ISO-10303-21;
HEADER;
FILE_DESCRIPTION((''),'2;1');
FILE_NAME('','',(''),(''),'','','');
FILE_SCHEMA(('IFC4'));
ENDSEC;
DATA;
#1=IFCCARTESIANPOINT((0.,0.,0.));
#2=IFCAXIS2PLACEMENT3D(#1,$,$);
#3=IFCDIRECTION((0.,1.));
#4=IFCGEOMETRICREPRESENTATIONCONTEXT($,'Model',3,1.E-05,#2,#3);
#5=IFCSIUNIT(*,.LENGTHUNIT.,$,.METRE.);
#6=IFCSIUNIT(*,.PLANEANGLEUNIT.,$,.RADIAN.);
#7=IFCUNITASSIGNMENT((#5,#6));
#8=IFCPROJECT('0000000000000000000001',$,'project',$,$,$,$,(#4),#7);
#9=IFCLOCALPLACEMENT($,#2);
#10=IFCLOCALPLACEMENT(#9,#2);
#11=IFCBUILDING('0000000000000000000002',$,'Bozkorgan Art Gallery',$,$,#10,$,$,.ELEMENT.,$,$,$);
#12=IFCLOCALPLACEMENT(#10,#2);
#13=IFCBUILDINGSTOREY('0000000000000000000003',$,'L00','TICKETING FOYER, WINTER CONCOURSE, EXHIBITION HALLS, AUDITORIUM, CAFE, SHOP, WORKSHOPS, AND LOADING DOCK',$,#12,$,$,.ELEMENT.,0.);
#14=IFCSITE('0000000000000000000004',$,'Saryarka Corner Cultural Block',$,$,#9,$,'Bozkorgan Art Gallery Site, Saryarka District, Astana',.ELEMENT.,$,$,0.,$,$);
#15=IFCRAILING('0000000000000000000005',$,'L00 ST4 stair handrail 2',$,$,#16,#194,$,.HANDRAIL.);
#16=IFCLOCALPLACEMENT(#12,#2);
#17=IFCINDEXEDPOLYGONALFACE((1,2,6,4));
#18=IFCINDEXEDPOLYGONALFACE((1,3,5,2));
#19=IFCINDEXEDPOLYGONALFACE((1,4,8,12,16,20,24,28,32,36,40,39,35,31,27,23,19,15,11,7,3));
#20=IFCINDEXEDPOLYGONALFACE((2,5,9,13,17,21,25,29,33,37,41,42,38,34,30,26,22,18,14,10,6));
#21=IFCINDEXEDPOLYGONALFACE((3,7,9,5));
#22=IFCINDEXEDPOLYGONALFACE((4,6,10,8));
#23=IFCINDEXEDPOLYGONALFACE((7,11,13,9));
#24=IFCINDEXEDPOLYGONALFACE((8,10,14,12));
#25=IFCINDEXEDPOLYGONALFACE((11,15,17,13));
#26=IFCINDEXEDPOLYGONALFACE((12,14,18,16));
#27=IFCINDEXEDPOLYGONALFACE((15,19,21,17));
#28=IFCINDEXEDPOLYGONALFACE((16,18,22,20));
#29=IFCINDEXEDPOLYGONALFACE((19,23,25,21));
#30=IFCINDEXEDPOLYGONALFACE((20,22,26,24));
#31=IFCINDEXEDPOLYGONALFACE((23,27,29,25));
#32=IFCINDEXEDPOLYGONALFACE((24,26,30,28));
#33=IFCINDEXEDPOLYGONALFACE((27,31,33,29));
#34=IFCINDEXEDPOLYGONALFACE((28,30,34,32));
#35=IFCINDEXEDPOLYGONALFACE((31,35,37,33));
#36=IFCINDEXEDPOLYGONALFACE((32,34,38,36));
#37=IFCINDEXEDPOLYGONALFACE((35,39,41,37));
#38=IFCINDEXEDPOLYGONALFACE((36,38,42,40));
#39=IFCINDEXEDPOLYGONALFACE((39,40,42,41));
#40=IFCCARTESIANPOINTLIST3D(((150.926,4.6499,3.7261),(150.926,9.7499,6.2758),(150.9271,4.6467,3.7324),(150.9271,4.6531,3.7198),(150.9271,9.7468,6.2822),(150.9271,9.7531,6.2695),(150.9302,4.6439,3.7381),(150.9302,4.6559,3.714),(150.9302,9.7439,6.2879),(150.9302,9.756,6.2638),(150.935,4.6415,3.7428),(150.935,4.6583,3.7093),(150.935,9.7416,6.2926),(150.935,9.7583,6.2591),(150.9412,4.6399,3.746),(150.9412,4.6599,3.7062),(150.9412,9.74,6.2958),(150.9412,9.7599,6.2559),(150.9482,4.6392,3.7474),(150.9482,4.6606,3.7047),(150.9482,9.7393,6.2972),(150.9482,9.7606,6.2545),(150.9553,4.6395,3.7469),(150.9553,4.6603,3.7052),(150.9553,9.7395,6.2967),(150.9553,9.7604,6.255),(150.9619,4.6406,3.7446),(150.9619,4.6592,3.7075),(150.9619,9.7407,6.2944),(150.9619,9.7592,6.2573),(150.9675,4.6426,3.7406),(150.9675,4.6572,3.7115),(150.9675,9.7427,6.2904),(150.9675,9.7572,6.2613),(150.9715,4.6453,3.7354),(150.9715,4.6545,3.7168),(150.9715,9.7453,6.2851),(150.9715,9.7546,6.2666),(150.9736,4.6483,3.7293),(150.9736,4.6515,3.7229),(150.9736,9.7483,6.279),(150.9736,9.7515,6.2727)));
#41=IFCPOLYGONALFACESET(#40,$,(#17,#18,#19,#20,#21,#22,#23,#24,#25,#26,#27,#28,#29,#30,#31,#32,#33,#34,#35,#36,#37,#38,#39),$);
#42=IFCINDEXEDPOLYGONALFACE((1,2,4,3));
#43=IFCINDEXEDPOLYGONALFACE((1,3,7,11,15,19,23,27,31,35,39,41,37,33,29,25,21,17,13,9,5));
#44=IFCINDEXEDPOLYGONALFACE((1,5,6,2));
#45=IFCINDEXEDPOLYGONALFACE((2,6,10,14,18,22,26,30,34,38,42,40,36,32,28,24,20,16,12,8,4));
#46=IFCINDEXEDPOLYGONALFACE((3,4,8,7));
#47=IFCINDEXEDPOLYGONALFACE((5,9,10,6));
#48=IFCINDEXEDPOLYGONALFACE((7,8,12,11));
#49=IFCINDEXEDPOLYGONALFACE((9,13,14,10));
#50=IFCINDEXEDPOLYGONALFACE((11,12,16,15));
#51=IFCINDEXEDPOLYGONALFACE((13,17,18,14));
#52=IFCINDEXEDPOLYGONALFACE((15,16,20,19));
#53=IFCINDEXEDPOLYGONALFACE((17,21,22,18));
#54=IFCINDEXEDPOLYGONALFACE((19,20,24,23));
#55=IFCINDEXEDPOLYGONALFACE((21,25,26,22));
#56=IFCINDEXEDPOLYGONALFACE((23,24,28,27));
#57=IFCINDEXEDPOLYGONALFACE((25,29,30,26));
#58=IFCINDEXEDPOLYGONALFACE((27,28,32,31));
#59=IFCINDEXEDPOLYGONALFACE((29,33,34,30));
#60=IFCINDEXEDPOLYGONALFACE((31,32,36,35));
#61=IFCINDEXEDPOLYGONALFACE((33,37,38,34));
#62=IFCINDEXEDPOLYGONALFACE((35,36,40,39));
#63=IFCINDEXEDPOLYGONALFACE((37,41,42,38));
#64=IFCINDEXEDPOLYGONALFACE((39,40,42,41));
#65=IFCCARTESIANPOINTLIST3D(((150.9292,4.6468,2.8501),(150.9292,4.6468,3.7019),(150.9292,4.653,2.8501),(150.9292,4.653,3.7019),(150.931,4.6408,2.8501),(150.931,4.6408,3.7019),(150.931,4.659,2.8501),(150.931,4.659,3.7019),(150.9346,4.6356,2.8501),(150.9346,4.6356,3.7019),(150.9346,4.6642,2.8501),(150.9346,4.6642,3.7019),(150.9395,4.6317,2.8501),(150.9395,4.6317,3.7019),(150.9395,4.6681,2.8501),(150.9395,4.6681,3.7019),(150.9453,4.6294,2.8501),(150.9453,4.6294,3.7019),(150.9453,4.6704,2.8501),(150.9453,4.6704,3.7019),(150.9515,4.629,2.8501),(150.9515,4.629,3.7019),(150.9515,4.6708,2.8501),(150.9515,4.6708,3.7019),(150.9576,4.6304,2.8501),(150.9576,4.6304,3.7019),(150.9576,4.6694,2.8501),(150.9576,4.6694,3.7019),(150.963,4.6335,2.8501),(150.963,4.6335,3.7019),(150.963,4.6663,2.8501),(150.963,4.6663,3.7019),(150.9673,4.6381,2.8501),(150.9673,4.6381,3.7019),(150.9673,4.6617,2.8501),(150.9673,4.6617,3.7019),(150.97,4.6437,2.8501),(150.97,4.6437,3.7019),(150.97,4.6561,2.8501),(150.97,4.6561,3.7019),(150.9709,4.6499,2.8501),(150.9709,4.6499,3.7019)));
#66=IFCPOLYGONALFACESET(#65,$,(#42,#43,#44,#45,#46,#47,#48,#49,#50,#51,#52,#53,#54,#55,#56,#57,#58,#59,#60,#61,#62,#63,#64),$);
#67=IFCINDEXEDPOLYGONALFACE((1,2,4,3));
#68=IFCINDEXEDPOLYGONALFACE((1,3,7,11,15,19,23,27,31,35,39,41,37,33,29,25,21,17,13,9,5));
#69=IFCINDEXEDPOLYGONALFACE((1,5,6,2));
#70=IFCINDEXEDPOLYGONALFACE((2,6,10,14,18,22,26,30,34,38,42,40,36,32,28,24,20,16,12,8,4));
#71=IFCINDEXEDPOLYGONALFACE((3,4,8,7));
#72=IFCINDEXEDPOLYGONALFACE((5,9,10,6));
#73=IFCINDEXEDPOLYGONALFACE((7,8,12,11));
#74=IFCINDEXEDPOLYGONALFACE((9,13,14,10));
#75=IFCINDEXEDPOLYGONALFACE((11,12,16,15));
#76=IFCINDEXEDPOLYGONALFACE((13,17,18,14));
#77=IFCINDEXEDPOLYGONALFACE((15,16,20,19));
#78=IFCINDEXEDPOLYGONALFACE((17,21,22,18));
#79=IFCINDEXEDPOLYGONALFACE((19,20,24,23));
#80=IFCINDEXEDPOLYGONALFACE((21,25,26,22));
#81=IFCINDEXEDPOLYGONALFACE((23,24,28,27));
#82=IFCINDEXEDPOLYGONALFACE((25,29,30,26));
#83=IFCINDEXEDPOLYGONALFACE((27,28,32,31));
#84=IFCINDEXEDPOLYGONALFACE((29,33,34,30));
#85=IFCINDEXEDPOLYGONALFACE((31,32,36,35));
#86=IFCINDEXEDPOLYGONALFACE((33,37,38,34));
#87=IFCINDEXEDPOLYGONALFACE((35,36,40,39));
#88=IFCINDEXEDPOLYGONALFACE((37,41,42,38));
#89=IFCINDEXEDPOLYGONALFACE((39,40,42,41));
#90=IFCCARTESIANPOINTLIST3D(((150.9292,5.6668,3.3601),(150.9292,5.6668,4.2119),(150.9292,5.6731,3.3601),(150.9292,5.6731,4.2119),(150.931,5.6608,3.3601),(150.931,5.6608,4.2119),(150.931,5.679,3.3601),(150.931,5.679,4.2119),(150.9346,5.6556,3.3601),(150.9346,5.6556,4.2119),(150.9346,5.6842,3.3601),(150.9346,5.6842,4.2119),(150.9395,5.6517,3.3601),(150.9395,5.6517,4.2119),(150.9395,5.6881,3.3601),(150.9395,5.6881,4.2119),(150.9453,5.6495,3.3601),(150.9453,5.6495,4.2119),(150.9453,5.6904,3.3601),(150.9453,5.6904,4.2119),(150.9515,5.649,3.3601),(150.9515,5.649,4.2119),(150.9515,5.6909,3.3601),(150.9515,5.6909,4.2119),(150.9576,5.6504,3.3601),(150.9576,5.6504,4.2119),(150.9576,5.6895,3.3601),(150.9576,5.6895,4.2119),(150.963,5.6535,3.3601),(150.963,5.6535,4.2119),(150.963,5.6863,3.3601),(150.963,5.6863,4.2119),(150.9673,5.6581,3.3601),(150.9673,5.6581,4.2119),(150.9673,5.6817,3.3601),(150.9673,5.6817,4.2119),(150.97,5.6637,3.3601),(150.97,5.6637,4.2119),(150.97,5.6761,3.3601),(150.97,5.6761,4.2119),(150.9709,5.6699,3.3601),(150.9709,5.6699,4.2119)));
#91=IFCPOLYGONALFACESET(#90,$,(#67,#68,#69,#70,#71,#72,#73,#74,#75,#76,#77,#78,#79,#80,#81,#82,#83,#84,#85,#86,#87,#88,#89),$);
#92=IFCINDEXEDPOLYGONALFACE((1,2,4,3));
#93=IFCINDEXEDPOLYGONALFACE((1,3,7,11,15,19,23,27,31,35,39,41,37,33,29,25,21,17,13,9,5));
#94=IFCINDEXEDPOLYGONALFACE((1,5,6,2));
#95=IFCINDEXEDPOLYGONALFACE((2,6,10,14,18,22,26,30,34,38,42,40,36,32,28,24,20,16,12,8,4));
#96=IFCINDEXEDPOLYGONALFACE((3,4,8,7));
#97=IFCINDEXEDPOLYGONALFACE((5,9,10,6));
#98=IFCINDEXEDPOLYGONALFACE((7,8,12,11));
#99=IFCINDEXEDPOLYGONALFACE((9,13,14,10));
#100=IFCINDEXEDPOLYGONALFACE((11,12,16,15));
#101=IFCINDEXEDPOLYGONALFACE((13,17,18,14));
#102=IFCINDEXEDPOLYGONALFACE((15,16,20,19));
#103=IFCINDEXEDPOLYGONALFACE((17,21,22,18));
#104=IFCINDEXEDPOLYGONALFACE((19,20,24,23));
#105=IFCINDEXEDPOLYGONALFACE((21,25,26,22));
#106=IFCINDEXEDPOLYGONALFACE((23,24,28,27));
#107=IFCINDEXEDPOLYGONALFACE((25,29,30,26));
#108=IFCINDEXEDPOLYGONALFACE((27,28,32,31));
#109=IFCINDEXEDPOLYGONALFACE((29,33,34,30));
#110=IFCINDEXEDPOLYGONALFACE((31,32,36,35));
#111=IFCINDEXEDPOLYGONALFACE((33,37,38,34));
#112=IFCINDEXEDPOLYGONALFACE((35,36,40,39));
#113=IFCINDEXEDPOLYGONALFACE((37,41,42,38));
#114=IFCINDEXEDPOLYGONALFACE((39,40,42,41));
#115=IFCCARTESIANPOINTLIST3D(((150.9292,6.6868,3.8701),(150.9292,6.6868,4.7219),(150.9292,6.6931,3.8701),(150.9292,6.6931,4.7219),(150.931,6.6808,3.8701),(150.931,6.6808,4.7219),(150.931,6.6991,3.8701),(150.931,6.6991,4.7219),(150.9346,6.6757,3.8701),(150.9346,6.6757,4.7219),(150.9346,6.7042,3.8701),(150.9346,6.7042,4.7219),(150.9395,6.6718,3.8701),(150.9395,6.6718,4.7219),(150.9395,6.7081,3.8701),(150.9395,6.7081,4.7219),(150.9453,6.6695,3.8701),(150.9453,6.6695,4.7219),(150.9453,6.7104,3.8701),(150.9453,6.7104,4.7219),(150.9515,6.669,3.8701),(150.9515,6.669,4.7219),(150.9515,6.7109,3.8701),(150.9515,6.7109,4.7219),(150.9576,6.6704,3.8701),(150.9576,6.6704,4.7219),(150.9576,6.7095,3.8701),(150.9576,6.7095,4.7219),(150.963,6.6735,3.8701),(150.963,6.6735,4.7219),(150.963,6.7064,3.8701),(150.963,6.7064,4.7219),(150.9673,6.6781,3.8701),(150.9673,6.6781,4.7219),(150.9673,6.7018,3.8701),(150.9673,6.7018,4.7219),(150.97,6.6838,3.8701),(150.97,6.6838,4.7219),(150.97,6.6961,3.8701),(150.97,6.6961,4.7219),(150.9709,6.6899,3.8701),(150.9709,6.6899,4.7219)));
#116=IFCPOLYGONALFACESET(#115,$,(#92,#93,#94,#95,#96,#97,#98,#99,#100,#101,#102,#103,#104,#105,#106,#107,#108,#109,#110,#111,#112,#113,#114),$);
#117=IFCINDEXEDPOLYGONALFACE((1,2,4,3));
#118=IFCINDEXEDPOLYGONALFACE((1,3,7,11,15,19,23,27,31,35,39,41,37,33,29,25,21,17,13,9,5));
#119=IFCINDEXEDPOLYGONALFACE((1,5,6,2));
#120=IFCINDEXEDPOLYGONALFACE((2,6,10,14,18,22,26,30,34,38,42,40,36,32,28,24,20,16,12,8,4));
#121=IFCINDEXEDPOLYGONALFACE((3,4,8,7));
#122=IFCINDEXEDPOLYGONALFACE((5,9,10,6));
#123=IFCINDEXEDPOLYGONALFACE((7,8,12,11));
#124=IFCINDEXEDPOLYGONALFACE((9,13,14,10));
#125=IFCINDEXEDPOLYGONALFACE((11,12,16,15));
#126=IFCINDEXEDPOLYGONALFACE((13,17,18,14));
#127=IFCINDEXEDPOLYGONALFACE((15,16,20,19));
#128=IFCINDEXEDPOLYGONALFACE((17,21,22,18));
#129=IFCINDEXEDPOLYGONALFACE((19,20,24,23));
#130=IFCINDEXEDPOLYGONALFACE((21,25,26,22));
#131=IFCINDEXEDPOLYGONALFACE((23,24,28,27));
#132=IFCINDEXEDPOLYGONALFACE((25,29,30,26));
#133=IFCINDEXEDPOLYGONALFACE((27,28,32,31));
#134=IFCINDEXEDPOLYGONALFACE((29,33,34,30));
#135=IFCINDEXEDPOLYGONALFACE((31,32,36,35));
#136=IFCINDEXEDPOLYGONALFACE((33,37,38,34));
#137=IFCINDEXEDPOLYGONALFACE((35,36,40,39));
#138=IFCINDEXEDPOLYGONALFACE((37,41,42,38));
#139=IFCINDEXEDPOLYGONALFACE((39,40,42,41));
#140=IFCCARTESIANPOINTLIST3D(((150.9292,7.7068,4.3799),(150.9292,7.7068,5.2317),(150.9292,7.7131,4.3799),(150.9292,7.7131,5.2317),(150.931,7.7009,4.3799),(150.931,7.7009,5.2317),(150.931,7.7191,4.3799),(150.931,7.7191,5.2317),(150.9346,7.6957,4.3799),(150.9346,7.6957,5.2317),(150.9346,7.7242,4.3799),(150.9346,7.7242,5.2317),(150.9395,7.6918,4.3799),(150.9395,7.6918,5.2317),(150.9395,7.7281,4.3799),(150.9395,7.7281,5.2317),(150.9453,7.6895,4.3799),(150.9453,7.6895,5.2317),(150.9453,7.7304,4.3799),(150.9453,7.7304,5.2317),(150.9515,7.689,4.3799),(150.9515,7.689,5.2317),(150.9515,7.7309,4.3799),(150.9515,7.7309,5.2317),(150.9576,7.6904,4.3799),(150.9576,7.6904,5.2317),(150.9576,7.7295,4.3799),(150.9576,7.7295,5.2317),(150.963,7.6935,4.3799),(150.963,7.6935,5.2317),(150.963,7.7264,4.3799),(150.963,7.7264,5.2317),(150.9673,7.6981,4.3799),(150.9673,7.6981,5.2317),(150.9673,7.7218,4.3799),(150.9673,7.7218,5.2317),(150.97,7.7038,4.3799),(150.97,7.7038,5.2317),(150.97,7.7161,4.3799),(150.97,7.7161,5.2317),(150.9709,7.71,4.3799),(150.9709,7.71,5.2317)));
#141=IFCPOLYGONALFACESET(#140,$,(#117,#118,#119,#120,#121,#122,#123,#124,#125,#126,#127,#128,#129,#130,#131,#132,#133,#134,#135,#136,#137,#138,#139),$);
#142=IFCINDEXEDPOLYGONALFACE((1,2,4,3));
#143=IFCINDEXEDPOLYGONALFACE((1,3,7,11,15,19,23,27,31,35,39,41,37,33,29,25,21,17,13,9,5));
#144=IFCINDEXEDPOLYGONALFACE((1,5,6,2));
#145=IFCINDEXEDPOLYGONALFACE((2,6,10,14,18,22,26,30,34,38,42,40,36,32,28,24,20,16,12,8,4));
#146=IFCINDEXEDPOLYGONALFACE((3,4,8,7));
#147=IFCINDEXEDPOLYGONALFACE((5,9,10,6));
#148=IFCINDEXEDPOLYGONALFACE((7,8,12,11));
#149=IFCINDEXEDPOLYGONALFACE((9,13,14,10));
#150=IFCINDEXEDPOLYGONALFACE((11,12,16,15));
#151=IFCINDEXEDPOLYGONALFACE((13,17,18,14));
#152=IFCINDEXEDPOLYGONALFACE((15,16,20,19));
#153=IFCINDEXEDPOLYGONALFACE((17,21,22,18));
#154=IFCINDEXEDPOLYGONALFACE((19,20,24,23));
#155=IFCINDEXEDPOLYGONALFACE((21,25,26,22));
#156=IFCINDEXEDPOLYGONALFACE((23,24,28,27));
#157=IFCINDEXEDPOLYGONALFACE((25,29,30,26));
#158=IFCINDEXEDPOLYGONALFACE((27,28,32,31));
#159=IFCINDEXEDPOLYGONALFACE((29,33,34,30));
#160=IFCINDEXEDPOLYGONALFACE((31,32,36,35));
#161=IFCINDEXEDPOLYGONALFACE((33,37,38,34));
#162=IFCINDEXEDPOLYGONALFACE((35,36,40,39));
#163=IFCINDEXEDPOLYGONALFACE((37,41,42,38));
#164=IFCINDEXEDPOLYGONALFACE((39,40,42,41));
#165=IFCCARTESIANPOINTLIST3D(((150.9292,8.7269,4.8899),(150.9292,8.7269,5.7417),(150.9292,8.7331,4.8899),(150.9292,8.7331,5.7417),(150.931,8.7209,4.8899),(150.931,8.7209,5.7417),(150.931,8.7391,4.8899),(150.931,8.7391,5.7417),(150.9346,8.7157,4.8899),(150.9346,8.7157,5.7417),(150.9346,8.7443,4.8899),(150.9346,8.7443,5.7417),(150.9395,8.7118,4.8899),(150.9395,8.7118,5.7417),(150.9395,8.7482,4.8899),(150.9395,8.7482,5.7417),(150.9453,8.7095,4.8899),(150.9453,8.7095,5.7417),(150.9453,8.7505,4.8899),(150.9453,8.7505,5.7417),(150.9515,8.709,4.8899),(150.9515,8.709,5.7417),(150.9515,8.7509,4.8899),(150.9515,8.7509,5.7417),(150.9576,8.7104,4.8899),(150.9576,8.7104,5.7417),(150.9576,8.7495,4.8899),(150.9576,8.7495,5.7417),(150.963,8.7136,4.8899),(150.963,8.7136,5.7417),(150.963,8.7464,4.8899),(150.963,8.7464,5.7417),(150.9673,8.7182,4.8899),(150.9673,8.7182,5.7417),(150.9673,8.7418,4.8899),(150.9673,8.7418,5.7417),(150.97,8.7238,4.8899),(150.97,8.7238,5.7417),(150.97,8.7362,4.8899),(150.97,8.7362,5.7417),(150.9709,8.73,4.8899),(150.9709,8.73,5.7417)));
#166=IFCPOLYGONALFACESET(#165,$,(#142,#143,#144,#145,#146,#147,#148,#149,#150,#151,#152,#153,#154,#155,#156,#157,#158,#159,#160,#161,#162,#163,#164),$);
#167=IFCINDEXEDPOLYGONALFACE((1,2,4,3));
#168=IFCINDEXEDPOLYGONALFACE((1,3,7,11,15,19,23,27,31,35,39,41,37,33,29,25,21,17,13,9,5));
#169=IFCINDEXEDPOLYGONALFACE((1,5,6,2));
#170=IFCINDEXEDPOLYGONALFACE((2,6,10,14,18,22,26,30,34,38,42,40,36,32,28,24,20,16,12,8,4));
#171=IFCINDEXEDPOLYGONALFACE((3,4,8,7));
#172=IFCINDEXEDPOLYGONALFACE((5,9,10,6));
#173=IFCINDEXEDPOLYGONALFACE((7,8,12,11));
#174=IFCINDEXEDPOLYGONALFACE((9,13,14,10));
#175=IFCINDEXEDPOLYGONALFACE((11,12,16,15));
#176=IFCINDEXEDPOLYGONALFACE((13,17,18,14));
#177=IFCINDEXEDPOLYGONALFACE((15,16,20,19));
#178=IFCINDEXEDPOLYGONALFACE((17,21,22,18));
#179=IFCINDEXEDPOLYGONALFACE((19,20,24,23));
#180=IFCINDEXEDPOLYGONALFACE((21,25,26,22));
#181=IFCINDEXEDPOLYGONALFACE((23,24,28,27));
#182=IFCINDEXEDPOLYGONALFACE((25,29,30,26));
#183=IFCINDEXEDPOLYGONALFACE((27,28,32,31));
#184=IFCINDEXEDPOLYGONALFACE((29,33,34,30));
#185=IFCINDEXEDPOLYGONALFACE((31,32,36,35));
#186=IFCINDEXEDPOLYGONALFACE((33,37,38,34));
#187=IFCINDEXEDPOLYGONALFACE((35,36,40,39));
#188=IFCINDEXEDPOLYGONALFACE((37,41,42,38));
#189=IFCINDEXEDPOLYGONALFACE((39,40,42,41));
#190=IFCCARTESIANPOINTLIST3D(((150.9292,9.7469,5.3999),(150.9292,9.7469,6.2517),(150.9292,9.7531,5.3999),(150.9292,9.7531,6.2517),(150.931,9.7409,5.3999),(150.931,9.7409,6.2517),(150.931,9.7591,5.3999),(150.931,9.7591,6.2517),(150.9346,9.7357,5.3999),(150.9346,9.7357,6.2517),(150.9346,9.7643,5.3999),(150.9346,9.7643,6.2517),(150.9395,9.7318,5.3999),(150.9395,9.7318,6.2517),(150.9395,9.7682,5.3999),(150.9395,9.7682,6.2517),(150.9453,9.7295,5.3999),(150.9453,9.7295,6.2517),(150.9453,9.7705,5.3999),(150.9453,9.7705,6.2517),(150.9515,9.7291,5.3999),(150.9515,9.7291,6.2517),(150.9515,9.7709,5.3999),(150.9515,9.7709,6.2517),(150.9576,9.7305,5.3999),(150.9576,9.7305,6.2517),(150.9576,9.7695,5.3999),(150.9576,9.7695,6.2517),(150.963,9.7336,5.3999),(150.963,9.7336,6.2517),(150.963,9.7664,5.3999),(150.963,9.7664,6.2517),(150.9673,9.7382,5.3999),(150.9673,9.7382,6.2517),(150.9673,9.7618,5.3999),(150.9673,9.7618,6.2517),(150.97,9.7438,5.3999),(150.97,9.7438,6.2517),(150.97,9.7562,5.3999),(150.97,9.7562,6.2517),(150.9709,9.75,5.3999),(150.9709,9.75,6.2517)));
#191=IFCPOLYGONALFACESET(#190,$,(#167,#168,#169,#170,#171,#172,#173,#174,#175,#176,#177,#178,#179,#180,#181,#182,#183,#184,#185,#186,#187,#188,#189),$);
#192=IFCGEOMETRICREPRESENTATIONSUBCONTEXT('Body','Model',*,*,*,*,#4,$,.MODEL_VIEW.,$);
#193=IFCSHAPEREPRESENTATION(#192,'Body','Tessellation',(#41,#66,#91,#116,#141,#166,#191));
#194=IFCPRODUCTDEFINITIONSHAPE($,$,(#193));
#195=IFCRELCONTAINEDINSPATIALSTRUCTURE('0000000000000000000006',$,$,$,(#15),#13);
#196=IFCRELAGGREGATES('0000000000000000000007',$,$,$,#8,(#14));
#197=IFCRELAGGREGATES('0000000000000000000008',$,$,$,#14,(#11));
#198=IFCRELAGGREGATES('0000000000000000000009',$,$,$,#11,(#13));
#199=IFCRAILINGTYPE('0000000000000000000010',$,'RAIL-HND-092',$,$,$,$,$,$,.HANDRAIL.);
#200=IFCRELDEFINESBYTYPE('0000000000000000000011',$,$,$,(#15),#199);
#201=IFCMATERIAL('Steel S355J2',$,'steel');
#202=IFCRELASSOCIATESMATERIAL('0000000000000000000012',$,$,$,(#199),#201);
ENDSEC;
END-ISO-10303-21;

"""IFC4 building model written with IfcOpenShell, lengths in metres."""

from ifc_helpers import new_model, si_unit, direction, frame, origin, origin_2d, place, context, subcontext, project, spatial, circle, extrude, material, type_object, element, save


model = new_model("IFC4")

# Units and contexts
model_context = context("Model", 3, precision=1e-05, world=origin(), true_north=direction((0.0, 1.0)))
body_context = subcontext(model_context, "Body", "Model", "MODEL_VIEW")
ifc_project = project(units=[si_unit("LENGTHUNIT", "METRE"), si_unit("PLANEANGLEUNIT", "RADIAN")], contexts=[model_context])

# Site, building, storey
site_placement = place(None, origin())
site = spatial("IfcSite", under=ifc_project, at=site_placement, Name="Saryarka Corner Cultural Block", LongName="Bozkorgan Art Gallery Site, Saryarka District, Astana", CompositionType="ELEMENT", RefElevation=0.0)
building_placement = place(site_placement, origin())
building = spatial("IfcBuilding", under=site, at=building_placement, Name="Bozkorgan Art Gallery", CompositionType="ELEMENT")
storey_placement = place(building_placement, origin())
storey = spatial("IfcBuildingStorey", under=building, at=storey_placement, Name="L00", Description="TICKETING FOYER, WINTER CONCOURSE, EXHIBITION HALLS, AUDITORIUM, CAFE, SHOP, WORKSHOPS, AND LOADING DOCK", CompositionType="ELEMENT", Elevation=0.0)

# Shared definitions
ifc_material_1 = material(Name="Steel S355J2", Category="steel")

# Railing
railing_type_1 = type_object("IfcRailingType", Name="RAIL-HND-092", PredefinedType="HANDRAIL", material=ifc_material_1)
railing_1_placement = place(storey_placement, frame((150.95, 4.6499, 2.8501)))
element("IfcRailing", 1, at=railing_1_placement, inside=storey, type_object=railing_type_1, Name="L00 ST4 stair handrail 2", PredefinedType="HANDRAIL", context=body_context, shape_type="SweptSolid", body=[
    extrude(circle(Radius=0.0239, at=origin_2d()), frame((0.0, 0.0, 0.876), z_axis=(0.0, 0.894444, 0.447179), x_axis=(-1.0, 0.0, 0.0)), (0.0, 0.0, 1.0), 5.7019),
    extrude(circle(Radius=0.021, at=origin_2d()), origin(), (0.0, 0.0, 1.0), 0.8518),
    extrude(circle(Radius=0.021, at=origin_2d()), frame((0.0, 1.02, 0.51)), (0.0, 0.0, 1.0), 0.8518),
    extrude(circle(Radius=0.021, at=origin_2d()), frame((0.0, 2.04, 1.02)), (0.0, 0.0, 1.0), 0.8518),
    extrude(circle(Radius=0.021, at=origin_2d()), frame((0.0, 3.0601, 1.5298)), (0.0, 0.0, 1.0), 0.8518),
    extrude(circle(Radius=0.021, at=origin_2d()), frame((0.0, 4.0801, 2.0398)), (0.0, 0.0, 1.0), 0.8518),
    extrude(circle(Radius=0.021, at=origin_2d()), frame((0.0, 5.1001, 2.5498)), (0.0, 0.0, 1.0), 0.8518),
])

save(model, "model.ifc")
